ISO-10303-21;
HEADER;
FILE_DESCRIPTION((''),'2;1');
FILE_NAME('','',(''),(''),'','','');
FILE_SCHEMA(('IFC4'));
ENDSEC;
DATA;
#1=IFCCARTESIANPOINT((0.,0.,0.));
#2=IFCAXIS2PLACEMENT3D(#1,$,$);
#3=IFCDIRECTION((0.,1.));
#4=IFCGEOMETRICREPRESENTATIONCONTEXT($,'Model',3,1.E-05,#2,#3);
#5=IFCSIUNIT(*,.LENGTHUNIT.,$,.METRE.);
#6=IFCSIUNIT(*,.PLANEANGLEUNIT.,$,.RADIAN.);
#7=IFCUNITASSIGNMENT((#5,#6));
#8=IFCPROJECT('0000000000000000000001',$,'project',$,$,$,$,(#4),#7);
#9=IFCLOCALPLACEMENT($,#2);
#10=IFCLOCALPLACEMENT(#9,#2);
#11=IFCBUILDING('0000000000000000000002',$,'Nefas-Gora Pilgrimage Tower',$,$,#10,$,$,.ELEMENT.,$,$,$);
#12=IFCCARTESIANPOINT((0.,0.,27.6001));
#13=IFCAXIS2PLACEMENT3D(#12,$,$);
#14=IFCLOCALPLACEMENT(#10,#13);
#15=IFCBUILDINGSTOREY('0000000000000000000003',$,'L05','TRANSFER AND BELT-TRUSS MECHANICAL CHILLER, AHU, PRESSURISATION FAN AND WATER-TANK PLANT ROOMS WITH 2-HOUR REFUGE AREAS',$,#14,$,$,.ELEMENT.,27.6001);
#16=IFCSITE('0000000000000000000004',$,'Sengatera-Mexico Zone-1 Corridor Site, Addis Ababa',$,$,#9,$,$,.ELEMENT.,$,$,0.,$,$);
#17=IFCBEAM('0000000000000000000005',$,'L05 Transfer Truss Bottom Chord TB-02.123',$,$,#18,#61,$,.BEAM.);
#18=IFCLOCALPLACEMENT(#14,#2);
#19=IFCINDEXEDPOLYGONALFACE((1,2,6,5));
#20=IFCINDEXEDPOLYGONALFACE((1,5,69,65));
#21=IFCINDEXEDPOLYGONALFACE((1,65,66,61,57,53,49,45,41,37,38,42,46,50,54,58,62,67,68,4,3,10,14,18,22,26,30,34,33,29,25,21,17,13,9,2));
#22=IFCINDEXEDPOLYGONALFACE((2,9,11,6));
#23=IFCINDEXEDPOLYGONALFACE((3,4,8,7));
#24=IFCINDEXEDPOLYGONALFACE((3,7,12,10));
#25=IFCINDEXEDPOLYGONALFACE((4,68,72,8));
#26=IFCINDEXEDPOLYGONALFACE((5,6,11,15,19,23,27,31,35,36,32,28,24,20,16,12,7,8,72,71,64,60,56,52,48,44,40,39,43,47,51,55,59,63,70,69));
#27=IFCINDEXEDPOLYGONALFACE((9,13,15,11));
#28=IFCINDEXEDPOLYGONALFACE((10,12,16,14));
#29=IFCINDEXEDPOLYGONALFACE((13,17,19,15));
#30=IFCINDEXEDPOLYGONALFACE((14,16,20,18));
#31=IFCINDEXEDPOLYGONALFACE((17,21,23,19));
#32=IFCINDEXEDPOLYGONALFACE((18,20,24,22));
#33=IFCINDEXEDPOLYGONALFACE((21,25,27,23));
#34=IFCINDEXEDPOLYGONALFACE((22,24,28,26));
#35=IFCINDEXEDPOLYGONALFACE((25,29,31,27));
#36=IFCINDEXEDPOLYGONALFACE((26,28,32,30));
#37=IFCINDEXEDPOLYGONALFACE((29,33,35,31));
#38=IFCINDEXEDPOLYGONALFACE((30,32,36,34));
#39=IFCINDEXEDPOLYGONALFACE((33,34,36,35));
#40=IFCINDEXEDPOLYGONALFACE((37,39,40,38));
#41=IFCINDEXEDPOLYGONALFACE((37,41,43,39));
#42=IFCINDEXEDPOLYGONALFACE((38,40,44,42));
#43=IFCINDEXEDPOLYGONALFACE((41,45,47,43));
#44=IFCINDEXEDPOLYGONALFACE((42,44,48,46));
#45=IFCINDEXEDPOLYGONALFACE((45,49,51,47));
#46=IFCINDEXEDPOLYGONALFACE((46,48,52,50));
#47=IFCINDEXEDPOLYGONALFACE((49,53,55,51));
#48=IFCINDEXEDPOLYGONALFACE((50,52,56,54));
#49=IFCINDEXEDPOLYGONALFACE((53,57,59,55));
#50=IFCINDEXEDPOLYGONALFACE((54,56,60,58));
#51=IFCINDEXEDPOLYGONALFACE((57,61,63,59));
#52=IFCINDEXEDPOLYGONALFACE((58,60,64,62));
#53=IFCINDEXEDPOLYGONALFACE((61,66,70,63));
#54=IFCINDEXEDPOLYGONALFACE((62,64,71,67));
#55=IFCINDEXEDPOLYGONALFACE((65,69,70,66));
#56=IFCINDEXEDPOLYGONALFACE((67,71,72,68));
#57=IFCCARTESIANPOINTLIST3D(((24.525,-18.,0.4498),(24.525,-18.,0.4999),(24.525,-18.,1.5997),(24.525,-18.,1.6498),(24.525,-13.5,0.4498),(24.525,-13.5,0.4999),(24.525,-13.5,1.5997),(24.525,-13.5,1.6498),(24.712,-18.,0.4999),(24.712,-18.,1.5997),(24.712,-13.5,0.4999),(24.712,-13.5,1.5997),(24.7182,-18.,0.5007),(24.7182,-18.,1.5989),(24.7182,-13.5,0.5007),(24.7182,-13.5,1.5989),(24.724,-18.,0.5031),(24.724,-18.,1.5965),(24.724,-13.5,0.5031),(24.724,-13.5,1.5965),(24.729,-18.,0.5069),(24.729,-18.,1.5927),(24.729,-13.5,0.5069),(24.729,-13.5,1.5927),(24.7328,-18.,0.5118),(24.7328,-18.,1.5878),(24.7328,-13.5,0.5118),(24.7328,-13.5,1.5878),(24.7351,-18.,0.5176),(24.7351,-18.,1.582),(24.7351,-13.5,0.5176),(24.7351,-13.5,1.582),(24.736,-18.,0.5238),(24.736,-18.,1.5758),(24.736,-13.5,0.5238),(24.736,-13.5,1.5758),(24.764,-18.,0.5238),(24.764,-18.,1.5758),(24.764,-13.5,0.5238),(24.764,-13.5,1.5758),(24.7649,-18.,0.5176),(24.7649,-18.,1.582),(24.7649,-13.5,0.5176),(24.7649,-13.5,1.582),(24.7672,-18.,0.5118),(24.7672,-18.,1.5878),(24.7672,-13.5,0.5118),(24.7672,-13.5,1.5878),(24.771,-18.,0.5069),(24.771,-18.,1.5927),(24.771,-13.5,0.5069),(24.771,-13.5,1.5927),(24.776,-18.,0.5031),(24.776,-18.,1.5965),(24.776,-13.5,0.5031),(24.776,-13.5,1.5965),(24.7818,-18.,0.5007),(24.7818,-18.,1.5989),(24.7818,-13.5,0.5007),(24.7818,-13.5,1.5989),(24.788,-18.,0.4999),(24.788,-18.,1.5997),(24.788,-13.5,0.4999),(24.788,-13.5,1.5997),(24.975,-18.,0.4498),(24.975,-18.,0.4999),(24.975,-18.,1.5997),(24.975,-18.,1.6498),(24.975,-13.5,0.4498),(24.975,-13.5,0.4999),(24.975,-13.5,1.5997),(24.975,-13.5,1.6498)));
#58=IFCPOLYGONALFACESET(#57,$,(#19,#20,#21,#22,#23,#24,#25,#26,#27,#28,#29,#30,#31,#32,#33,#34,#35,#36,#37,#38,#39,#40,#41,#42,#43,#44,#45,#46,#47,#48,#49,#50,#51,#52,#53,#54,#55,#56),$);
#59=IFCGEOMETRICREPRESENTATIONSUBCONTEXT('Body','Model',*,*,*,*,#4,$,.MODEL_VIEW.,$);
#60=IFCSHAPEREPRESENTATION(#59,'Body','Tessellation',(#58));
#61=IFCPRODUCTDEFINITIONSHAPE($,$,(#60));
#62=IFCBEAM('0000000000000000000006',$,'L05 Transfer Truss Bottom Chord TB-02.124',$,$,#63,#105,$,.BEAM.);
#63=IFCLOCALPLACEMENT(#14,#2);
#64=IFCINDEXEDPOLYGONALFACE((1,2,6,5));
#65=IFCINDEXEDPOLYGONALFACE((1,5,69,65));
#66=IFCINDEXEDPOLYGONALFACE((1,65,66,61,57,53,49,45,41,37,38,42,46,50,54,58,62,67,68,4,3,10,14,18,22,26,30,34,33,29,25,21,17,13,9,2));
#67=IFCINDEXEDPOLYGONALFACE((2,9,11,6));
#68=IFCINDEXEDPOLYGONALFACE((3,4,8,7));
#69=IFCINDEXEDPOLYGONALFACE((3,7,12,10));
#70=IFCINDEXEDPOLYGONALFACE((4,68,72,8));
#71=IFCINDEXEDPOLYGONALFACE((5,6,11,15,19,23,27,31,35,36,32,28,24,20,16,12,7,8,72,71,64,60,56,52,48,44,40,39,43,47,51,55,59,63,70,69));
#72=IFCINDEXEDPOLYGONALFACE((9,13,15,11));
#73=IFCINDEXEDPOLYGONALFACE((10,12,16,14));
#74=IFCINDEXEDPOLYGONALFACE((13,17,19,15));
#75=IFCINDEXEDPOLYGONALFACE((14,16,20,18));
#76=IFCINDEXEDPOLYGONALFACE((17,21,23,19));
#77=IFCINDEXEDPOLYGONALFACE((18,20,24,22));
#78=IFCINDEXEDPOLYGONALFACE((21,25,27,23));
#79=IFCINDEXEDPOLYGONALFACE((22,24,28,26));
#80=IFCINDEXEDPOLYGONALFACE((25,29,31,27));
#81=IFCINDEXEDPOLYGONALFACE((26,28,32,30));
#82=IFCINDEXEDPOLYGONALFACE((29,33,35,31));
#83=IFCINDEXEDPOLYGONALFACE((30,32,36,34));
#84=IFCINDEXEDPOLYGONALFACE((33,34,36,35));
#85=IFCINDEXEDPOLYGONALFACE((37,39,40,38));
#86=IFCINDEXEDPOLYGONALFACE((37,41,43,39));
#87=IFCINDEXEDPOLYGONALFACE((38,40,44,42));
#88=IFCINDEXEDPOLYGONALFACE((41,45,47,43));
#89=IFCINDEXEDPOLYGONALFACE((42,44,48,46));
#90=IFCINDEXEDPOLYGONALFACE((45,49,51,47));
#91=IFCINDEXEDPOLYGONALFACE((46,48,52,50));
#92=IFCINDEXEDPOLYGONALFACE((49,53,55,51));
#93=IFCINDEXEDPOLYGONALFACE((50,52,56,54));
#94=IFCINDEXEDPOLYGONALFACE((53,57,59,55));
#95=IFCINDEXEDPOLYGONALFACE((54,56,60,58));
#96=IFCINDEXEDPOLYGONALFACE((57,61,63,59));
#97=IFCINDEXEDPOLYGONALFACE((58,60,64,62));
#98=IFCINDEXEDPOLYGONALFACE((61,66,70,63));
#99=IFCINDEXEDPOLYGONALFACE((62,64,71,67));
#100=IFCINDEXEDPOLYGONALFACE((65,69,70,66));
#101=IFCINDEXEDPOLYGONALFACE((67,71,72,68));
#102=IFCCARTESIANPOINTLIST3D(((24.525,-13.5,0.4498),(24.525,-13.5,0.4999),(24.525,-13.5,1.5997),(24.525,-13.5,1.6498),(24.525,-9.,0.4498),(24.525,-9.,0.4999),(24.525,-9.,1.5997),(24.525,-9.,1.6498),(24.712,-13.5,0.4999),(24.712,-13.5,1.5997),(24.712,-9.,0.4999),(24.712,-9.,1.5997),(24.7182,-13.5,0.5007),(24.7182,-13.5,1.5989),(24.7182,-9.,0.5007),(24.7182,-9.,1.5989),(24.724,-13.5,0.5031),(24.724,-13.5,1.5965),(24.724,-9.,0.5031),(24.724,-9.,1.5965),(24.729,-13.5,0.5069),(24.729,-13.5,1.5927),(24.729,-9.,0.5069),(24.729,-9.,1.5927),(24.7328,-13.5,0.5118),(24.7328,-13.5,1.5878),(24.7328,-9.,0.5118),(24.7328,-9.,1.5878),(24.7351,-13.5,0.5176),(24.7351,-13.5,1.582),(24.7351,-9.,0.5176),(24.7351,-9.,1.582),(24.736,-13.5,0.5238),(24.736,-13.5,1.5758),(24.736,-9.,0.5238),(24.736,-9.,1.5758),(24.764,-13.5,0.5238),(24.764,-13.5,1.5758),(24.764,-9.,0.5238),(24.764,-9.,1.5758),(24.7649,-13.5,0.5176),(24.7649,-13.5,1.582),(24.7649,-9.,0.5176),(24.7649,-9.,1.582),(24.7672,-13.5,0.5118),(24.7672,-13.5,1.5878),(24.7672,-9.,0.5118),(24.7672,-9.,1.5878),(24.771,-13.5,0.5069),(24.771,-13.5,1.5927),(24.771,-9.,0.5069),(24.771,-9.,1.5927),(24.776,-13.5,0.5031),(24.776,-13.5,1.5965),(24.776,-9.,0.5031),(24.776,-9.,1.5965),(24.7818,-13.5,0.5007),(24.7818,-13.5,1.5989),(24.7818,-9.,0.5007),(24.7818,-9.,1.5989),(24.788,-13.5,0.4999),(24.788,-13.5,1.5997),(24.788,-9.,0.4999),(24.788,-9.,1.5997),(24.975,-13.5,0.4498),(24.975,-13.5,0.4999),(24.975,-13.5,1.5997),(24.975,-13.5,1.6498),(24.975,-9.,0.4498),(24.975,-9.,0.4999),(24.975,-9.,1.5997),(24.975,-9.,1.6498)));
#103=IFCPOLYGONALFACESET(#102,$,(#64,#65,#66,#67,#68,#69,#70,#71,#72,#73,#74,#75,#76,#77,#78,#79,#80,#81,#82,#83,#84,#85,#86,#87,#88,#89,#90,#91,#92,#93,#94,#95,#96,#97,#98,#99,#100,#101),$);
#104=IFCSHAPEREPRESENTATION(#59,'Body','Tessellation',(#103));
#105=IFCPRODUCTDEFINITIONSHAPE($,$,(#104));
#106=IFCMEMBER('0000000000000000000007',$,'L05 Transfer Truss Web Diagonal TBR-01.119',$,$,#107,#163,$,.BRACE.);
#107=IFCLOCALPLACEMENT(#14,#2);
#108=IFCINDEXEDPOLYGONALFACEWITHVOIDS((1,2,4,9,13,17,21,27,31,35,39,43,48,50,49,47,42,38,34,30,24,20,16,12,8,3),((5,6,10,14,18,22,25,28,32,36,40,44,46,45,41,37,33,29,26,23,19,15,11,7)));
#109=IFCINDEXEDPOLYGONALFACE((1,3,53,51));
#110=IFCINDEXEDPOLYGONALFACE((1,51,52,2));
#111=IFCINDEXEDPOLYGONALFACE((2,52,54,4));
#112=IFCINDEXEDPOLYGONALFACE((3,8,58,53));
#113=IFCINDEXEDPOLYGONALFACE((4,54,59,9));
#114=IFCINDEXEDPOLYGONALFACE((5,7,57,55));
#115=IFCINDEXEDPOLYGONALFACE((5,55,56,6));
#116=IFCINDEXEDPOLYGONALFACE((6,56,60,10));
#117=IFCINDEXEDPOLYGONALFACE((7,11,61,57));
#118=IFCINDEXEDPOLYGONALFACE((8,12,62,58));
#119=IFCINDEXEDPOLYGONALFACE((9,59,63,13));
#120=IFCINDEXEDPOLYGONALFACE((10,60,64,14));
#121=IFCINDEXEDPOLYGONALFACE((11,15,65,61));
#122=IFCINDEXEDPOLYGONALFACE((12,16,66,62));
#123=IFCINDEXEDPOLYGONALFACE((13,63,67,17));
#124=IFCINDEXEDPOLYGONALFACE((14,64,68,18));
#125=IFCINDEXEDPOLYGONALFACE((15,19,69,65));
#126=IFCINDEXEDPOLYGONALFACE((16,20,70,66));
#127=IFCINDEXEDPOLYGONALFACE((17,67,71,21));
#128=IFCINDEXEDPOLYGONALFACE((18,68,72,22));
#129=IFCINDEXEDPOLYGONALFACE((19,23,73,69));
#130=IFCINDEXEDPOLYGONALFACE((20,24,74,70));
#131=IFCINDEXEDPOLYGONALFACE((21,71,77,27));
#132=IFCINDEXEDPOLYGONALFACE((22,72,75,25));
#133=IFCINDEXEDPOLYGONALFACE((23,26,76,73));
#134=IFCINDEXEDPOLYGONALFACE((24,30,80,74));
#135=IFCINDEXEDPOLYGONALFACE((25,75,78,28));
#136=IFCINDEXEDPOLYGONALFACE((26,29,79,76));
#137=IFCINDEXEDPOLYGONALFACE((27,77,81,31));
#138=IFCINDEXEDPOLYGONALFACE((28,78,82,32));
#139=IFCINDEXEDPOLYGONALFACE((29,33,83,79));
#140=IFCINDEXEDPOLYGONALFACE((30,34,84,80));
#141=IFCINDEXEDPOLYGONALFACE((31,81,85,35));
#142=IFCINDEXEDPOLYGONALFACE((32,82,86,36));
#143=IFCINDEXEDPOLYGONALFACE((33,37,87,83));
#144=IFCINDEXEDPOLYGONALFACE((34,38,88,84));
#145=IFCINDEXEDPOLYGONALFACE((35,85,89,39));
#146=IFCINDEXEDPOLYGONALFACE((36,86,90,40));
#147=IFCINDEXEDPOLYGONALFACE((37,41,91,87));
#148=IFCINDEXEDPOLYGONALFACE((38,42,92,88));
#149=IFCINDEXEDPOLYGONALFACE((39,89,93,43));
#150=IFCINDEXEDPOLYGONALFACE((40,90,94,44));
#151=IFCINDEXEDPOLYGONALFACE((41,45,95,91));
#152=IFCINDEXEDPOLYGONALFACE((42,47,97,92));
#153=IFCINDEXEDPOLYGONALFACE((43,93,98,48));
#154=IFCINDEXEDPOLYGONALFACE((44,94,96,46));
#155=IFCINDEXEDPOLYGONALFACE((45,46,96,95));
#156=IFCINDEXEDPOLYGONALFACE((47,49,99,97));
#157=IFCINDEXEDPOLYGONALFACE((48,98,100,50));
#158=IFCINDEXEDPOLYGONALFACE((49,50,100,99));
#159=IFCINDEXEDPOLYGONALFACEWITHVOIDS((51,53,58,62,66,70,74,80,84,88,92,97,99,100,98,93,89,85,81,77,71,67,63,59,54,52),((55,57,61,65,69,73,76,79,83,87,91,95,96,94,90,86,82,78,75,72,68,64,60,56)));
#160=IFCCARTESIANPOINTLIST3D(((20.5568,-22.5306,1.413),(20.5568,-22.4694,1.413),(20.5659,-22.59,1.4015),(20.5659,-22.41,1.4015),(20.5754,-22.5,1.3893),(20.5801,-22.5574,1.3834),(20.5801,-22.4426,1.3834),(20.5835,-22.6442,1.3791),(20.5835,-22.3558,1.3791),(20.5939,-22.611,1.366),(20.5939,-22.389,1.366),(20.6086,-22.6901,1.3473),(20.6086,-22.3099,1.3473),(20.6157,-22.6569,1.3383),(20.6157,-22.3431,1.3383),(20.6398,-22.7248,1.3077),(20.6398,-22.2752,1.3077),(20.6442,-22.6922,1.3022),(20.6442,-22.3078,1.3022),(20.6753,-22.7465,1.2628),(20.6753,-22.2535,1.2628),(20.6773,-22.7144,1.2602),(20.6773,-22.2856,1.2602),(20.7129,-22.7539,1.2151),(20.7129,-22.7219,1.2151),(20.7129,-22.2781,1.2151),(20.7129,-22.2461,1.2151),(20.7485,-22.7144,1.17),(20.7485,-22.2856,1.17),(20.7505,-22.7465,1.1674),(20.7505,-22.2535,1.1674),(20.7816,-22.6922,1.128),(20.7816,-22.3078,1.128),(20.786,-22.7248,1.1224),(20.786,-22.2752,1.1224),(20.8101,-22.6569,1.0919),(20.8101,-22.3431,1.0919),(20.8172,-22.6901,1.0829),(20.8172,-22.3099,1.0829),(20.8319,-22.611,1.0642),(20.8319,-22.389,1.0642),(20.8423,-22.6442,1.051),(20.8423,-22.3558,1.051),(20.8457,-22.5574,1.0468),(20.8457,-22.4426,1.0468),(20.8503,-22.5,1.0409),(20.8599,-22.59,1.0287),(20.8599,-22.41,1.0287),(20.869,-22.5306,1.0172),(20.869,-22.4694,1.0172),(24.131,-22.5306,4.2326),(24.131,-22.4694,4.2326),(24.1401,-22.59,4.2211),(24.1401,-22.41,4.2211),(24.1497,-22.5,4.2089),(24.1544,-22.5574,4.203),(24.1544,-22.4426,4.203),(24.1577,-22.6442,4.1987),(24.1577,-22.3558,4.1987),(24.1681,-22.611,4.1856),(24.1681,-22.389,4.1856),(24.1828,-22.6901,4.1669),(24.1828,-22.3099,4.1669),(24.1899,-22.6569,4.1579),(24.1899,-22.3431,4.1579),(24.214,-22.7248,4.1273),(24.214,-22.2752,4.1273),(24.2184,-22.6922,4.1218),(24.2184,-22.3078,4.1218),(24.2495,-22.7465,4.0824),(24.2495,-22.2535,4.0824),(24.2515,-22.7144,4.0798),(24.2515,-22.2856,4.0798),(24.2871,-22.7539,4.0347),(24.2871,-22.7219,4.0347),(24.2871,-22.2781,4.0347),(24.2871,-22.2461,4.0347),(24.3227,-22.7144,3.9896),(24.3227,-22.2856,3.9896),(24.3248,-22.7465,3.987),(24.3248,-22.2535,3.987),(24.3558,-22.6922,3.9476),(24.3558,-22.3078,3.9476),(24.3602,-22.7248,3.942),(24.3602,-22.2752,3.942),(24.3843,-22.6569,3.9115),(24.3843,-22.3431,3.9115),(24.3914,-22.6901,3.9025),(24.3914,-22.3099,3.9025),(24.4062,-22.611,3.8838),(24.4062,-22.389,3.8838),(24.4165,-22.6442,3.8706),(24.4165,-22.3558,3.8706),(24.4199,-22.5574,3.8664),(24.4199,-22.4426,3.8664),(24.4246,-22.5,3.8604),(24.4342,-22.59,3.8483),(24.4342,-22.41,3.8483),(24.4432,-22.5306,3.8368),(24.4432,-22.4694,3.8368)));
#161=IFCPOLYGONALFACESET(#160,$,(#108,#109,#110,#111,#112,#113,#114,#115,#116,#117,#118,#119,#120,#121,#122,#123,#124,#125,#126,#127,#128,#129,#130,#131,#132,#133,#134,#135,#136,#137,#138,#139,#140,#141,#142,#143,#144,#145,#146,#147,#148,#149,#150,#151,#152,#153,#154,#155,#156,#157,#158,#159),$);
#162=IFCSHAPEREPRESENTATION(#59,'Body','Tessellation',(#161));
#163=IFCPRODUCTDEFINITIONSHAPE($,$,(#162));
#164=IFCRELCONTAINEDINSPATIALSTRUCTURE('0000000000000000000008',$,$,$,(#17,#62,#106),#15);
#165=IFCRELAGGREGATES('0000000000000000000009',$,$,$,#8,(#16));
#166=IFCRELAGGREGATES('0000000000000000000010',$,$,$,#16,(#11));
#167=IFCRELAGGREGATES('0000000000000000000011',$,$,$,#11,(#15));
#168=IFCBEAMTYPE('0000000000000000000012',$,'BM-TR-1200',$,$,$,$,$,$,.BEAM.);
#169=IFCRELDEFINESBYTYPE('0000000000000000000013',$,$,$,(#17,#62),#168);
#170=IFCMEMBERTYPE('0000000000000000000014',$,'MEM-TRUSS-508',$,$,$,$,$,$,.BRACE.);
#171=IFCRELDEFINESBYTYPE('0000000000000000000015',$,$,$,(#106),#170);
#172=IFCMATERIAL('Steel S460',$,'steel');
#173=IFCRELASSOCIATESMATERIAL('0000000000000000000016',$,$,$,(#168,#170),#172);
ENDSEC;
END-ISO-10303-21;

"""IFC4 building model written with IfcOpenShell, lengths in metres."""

from ifc_helpers import new_model, si_unit, direction, frame, origin, origin_2d, place, context, subcontext, project, spatial, hollow_circle, i_section, extrude, source, transform, mapped, material, material_profile, profile_set, type_object, element, save


model = new_model("IFC4")

# Units and contexts
model_context = context("Model", 3, precision=1e-05, world=origin(), true_north=direction((0.0, 1.0)))
body_context = subcontext(model_context, "Body", "Model", "MODEL_VIEW")
ifc_project = project(units=[si_unit("LENGTHUNIT", "METRE"), si_unit("PLANEANGLEUNIT", "RADIAN")], contexts=[model_context])

# Site, building, storey
site_placement = place(None, origin())
site = spatial("IfcSite", under=ifc_project, at=site_placement, Name="Sengatera-Mexico Zone-1 Corridor Site, Addis Ababa", CompositionType="ELEMENT", RefElevation=0.0)
building_placement = place(site_placement, origin())
building = spatial("IfcBuilding", under=site, at=building_placement, Name="Nefas-Gora Pilgrimage Tower", CompositionType="ELEMENT")
storey_placement = place(building_placement, frame((0.0, 0.0, 27.6001)))
storey = spatial("IfcBuildingStorey", under=building, at=storey_placement, Name="L05", Description="TRANSFER AND BELT-TRUSS MECHANICAL CHILLER, AHU, PRESSURISATION FAN AND WATER-TANK PLANT ROOMS WITH 2-HOUR REFUGE AREAS", CompositionType="ELEMENT", Elevation=27.6001)

# Shared definitions
ifc_material_1 = material(Name="Steel S460", Category="steel")

# Beams
ifc_material_profile_1 = material_profile(ifc_material_1, i_section(OverallWidth=0.45, OverallDepth=1.2, WebThickness=0.0281, FlangeThickness=0.05, FilletRadius=0.0239, at=origin_2d()), Name="WPG 1200x450x28x50")
ifc_profile_set_1 = profile_set([ifc_material_profile_1], Name="Steel S460")
beam_type_1 = type_object("IfcBeamType", Name="BM-TR-1200", PredefinedType="BEAM", material=ifc_profile_set_1)
shared_shape_1 = source(origin(), body_context, "Body", "SweptSolid", [
    extrude(i_section(OverallWidth=0.45, OverallDepth=1.2, WebThickness=0.0281, FlangeThickness=0.05, FilletRadius=0.0239, at=origin_2d()), origin(), (0.0, 0.0, 1.0), 4.5),
])
for number, where, z_axis, x_axis, name in (
    (1, (24.75, -18.0, 1.0498), (0.0, 1.0, 0.0), (-1.0, 0.0, 0.0), "L05 Transfer Truss Bottom Chord TB-02.123"),
    (2, (24.75, -13.5, 1.0498), (0.0, 1.0, 0.0), (-1.0, 0.0, 0.0), "L05 Transfer Truss Bottom Chord TB-02.124"),
):
    element("IfcBeam", number, at=place(storey_placement, frame(where, z_axis=z_axis, x_axis=x_axis)), inside=storey, type_object=beam_type_1, Name=name, PredefinedType="BEAM", context=body_context, shape_type="MappedRepresentation", body=[
        mapped(shared_shape_1, transform((0.0, 0.0, 0.0), x_axis=(1.0, 0.0, 0.0), y_axis=(0.0, 1.0, 0.0), z_axis=(0.0, 0.0, 1.0), scale=1.0)),
    ])

# Member
ifc_material_profile_2 = material_profile(ifc_material_1, hollow_circle(Radius=0.2539, WallThickness=0.032, at=origin_2d()), Name="CHS 508x32")
ifc_profile_set_2 = profile_set([ifc_material_profile_2], Name="Steel S460")
member_type = type_object("IfcMemberType", Name="MEM-TRUSS-508", PredefinedType="BRACE", material=ifc_profile_set_2)
shared_shape_2 = source(origin(), body_context, "Body", "SweptSolid", [
    extrude(hollow_circle(Radius=0.2539, WallThickness=0.032, at=origin_2d()), origin(), (0.0, 0.0, 1.0), 4.5525),
])
for number, where, z_axis, x_axis, name in (
    (3, (20.7129, -22.5, 1.2151), (0.785115, 0.0, 0.61935), (0.0, 1.0, 0.0), "L05 Transfer Truss Web Diagonal TBR-01.119"),
):
    element("IfcMember", number, at=place(storey_placement, frame(where, z_axis=z_axis, x_axis=x_axis)), inside=storey, type_object=member_type, Name=name, PredefinedType="BRACE", context=body_context, shape_type="MappedRepresentation", body=[
        mapped(shared_shape_2, transform((0.0, 0.0, 0.0), x_axis=(1.0, 0.0, 0.0), y_axis=(0.0, 1.0, 0.0), z_axis=(0.0, 0.0, 1.0), scale=1.0)),
    ])

save(model, "model.ifc")
